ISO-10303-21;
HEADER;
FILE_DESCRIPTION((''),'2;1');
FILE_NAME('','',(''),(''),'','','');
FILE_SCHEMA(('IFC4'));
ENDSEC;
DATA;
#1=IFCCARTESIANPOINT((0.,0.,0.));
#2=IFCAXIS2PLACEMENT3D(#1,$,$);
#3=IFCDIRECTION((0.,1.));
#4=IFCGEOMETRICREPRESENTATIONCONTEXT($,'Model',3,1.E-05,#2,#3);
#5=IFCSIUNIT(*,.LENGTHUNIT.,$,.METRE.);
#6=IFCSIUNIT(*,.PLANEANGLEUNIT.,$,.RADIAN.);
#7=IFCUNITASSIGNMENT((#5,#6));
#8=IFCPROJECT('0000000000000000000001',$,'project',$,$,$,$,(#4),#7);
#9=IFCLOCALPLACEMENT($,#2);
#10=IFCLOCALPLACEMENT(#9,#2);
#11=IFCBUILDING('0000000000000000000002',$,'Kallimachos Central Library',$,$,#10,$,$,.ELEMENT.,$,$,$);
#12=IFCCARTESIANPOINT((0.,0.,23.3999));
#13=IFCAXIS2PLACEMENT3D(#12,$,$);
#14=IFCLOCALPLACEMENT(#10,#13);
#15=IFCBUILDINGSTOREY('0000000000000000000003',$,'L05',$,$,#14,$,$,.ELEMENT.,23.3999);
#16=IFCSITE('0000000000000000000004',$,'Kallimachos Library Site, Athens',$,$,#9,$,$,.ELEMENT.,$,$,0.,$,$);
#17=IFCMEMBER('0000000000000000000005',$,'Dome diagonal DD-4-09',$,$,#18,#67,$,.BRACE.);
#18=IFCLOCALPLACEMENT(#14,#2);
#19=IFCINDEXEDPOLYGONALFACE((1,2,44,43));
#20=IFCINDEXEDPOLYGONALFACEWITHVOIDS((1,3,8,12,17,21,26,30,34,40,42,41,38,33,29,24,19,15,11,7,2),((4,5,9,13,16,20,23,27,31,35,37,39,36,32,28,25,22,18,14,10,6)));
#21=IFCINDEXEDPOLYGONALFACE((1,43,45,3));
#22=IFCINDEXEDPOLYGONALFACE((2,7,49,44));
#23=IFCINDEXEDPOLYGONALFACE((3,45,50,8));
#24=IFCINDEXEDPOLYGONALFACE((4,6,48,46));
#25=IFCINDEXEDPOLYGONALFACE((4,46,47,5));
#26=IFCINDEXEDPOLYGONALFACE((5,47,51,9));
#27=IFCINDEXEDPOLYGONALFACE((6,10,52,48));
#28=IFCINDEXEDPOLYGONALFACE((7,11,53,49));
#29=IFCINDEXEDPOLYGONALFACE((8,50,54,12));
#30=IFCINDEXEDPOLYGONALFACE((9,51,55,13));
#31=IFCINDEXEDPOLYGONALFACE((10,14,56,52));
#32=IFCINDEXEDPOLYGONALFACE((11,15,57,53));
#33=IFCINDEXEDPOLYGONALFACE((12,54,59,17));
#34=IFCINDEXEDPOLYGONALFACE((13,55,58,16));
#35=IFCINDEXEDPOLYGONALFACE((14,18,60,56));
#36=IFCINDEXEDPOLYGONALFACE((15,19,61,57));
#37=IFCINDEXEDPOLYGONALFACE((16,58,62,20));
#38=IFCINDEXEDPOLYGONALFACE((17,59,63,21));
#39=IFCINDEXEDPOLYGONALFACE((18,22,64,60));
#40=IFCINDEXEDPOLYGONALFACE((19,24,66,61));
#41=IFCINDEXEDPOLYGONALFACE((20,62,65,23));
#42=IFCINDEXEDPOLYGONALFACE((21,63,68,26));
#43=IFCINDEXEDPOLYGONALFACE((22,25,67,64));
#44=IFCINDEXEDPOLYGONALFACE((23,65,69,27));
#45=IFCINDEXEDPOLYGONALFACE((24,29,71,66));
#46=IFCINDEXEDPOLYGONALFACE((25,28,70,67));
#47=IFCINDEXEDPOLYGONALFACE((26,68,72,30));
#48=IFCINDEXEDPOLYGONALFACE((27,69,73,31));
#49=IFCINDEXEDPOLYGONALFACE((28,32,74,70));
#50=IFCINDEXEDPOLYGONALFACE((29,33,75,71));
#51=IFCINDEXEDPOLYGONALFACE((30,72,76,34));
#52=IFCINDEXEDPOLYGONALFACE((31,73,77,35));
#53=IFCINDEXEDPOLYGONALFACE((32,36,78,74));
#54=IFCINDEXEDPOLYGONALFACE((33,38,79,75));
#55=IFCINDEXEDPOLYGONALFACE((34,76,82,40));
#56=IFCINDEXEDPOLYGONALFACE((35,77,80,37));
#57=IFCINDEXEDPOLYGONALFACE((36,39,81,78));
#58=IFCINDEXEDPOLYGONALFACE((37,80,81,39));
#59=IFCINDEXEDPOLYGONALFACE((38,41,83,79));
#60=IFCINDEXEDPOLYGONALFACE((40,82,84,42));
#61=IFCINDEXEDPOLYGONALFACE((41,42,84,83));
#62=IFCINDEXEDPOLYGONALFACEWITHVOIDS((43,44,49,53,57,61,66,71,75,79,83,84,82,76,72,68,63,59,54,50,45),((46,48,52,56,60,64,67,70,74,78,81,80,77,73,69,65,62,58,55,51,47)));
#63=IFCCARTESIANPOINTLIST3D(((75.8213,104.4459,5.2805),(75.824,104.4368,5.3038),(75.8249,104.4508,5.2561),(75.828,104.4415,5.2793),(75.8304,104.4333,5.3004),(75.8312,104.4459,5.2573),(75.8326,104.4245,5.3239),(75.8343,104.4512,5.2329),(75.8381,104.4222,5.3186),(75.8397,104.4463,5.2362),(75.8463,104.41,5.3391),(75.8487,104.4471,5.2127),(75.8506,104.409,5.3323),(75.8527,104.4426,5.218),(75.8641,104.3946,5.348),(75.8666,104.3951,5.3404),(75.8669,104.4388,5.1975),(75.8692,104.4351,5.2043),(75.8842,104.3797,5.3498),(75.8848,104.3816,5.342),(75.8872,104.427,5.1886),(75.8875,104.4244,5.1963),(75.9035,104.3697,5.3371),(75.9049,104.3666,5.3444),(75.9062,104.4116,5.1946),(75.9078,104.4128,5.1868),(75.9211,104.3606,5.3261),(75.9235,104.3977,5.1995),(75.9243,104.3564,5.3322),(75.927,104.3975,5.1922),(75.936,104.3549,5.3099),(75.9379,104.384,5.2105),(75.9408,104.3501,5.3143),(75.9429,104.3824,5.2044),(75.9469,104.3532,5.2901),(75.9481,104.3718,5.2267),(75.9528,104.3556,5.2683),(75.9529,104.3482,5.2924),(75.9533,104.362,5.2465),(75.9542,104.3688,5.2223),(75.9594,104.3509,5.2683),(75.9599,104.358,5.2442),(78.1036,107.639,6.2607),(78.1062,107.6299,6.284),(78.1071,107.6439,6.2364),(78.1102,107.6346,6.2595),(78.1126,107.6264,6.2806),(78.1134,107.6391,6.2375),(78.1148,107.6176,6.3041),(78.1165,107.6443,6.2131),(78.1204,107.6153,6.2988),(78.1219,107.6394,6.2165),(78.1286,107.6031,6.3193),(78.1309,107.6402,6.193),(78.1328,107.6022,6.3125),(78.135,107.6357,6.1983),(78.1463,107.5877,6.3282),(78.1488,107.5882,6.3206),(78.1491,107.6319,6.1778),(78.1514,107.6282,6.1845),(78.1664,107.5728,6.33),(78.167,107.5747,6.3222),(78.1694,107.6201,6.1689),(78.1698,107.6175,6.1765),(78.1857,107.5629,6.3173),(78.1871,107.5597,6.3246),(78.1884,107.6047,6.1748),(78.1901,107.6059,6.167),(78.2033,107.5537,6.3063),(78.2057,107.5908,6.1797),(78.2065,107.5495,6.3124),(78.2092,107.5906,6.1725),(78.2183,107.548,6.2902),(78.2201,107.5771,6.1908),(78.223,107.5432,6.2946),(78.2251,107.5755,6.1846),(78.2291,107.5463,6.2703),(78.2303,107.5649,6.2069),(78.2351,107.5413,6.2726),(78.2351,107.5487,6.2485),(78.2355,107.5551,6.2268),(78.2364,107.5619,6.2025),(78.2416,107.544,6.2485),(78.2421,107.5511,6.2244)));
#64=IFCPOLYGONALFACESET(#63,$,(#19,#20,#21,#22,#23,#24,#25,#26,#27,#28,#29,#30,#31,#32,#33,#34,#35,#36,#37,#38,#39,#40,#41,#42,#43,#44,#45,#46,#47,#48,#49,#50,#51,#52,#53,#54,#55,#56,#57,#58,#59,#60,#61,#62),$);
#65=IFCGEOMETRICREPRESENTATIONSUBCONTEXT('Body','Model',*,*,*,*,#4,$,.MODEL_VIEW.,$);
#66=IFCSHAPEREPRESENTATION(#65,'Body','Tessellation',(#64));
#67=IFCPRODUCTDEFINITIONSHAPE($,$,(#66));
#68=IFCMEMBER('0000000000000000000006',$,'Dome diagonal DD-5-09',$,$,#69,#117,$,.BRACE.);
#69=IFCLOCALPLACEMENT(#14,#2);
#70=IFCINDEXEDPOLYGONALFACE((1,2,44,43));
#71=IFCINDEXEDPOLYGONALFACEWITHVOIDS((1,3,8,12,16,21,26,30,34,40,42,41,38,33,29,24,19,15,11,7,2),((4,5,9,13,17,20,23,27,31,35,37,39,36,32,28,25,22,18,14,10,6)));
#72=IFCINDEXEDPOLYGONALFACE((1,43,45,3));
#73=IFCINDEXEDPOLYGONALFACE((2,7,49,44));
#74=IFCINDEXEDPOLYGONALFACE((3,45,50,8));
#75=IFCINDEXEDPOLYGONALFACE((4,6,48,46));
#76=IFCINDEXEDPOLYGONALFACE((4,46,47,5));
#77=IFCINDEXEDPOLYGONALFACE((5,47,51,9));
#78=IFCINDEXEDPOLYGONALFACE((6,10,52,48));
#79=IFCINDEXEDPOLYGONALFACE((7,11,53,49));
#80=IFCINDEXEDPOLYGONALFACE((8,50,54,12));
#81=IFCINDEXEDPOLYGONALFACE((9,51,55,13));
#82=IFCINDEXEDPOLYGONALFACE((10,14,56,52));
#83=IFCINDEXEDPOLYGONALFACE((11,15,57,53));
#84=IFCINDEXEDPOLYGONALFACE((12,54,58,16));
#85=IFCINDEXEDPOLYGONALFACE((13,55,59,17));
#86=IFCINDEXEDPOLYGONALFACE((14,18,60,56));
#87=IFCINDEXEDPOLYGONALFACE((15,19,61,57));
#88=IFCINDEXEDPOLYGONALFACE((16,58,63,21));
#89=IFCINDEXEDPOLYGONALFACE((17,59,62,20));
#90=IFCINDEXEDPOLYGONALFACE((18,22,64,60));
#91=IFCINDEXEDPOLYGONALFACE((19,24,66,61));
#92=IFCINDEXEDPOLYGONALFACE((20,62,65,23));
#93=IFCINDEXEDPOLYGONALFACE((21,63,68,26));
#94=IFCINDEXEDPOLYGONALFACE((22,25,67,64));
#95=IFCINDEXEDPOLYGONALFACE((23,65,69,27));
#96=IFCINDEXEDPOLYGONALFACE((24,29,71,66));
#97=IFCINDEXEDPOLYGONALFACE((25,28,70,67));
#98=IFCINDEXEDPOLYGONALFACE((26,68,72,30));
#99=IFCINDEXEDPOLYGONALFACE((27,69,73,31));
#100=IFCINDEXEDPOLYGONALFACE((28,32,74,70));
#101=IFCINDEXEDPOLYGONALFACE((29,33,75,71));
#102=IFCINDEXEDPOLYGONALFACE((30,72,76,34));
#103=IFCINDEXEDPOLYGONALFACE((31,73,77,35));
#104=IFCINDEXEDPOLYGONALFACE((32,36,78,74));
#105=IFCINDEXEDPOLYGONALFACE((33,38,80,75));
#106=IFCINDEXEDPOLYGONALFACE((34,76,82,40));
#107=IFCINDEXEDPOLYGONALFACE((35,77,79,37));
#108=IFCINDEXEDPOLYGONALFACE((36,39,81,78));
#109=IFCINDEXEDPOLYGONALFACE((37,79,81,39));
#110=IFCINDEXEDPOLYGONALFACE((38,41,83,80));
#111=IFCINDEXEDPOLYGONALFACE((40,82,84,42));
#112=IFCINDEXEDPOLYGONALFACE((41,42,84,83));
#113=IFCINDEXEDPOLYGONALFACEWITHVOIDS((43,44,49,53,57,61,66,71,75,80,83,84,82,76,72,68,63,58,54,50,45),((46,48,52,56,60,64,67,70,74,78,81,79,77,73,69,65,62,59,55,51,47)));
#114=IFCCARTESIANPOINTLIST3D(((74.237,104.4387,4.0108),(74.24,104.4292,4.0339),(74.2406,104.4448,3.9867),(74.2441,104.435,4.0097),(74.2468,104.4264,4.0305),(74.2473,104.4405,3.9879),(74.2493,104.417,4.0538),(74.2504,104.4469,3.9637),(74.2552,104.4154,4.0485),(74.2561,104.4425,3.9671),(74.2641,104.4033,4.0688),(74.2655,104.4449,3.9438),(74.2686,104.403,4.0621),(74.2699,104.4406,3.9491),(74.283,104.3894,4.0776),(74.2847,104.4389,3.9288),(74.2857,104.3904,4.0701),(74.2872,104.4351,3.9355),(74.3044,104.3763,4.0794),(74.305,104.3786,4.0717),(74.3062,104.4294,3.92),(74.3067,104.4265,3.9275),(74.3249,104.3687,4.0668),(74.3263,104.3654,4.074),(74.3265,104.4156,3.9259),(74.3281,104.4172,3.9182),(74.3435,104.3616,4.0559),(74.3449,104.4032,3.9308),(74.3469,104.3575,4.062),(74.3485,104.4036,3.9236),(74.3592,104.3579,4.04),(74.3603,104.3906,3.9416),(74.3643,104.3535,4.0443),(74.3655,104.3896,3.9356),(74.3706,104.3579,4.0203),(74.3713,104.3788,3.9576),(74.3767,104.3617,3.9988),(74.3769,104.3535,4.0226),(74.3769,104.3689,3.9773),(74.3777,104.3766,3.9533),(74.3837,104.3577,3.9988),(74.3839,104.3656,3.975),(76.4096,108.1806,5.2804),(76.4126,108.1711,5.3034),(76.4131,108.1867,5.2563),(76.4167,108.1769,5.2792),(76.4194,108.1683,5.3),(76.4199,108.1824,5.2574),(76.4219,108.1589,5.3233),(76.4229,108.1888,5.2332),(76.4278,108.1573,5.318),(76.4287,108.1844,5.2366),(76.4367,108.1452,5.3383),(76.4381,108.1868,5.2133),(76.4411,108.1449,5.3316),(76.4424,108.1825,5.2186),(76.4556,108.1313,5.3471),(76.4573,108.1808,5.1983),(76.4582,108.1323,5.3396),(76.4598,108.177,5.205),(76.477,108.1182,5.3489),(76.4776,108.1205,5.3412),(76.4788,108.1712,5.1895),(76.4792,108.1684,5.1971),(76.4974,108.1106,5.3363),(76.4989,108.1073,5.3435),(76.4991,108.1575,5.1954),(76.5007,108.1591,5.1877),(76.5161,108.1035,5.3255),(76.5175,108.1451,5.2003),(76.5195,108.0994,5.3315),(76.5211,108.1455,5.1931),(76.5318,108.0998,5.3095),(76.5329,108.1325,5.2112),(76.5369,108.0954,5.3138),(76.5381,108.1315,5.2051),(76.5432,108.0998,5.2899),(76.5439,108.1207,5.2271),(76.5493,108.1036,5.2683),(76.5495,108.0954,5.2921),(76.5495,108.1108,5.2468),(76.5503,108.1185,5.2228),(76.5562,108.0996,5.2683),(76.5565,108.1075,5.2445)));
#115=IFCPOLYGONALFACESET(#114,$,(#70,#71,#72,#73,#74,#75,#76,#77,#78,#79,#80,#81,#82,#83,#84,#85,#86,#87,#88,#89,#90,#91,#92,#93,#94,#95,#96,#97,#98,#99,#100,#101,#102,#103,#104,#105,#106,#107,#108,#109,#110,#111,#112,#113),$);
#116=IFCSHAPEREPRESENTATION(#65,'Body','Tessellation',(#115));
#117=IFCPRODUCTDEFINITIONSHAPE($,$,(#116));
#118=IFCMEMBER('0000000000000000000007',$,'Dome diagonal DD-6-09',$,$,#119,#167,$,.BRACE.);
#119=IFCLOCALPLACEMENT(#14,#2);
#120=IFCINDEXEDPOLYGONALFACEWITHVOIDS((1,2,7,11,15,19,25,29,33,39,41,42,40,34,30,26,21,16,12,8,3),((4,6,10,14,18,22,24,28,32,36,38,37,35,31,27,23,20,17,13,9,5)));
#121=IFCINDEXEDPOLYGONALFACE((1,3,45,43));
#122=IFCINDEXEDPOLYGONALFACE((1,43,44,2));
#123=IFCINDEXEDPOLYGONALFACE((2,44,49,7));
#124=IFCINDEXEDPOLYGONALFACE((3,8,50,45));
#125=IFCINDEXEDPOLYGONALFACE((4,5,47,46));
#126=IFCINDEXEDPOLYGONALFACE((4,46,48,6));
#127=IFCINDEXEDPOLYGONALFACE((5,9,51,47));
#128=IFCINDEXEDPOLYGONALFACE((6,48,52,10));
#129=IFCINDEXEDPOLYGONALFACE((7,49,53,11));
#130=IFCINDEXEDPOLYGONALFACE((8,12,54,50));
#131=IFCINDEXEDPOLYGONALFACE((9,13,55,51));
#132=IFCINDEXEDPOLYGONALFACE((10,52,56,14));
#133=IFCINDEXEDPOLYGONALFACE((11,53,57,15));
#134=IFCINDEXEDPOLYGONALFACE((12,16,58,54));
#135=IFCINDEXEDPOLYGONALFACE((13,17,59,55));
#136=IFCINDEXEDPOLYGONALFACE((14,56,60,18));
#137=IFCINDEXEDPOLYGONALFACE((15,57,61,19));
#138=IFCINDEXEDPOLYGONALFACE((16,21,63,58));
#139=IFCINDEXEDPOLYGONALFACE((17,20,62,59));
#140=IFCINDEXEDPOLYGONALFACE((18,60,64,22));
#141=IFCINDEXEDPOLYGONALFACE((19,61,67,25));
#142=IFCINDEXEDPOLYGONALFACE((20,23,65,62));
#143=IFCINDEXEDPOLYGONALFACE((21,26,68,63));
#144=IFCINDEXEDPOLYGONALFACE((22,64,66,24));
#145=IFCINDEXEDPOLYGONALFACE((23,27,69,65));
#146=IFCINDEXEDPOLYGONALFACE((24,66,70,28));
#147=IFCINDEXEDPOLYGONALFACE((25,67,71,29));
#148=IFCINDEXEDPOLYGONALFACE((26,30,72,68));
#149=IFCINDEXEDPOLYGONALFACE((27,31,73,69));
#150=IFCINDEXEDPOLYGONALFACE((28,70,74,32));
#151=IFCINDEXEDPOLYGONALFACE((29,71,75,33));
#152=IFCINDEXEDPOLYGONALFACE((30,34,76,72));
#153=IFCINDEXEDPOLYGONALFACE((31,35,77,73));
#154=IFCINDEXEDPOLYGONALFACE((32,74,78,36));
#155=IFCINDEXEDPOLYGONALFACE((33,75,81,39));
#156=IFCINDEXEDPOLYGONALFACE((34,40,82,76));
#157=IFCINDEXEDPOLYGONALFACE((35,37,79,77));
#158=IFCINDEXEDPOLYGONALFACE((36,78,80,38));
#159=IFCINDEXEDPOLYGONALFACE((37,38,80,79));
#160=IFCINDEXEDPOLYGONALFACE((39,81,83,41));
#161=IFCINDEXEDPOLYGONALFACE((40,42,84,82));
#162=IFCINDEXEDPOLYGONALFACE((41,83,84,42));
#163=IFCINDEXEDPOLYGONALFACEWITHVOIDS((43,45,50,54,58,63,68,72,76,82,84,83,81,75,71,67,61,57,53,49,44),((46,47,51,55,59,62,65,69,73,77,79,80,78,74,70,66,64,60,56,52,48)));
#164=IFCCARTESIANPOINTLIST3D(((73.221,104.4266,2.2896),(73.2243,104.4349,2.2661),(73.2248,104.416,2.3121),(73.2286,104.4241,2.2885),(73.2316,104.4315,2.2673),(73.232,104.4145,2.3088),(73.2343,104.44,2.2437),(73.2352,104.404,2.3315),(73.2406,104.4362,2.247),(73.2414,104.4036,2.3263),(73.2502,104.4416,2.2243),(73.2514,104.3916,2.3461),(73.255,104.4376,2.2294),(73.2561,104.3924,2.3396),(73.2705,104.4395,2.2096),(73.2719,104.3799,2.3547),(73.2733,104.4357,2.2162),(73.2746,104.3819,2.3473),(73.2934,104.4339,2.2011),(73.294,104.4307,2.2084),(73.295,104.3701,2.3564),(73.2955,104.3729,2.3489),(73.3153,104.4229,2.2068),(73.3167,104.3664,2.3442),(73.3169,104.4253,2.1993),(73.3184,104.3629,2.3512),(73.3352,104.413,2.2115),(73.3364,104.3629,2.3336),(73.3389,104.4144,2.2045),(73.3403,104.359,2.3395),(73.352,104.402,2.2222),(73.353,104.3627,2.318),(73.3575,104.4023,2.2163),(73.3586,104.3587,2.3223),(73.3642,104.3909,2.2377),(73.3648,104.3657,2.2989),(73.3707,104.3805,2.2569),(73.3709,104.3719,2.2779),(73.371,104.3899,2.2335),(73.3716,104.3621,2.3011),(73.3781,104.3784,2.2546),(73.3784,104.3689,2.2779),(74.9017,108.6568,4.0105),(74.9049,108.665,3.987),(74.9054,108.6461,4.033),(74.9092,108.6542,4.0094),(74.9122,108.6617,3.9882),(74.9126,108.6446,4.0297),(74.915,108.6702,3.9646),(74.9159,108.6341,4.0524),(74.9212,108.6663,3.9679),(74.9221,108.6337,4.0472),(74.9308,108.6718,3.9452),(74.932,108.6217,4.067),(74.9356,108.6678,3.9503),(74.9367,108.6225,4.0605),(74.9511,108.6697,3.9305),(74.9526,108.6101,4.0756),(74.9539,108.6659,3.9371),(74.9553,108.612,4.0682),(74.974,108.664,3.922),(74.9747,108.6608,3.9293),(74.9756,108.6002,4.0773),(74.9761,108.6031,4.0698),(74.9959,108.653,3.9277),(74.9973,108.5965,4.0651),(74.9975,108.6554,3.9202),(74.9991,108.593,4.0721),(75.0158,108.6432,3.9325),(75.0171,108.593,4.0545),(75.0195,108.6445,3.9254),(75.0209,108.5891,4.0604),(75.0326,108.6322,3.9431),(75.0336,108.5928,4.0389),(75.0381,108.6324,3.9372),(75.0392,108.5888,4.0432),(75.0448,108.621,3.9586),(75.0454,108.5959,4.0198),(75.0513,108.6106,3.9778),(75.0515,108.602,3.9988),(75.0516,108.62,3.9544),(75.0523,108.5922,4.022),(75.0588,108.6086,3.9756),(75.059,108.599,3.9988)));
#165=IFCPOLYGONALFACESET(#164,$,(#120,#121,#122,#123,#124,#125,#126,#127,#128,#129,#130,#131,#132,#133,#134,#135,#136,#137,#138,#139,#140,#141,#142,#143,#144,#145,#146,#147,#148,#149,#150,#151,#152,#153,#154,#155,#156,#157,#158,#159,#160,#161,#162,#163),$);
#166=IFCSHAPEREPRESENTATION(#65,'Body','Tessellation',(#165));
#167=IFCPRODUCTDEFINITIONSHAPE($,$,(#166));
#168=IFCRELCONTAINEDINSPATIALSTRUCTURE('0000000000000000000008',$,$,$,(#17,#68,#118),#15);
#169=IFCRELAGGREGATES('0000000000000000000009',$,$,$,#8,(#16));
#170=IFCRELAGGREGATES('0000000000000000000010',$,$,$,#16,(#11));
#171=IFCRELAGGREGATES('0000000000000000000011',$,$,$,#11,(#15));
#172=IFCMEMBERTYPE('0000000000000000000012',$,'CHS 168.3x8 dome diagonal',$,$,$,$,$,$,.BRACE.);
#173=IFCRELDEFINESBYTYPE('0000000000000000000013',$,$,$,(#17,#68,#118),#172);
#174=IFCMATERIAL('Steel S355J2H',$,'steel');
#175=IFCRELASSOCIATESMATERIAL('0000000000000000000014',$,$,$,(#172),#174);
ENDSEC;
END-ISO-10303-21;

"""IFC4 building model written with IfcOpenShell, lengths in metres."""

from ifc_helpers import new_model, si_unit, direction, frame, origin, origin_2d, place, context, subcontext, project, spatial, hollow_circle, extrude, material, material_profile, profile_set, type_object, element, save


model = new_model("IFC4")

# Units and contexts
model_context = context("Model", 3, precision=1e-05, world=origin(), true_north=direction((0.0, 1.0)))
body_context = subcontext(model_context, "Body", "Model", "MODEL_VIEW")
ifc_project = project(units=[si_unit("LENGTHUNIT", "METRE"), si_unit("PLANEANGLEUNIT", "RADIAN")], contexts=[model_context])

# Site, building, storey
site_placement = place(None, origin())
site = spatial("IfcSite", under=ifc_project, at=site_placement, Name="Kallimachos Library Site, Athens", CompositionType="ELEMENT", RefElevation=0.0)
building_placement = place(site_placement, origin())
building = spatial("IfcBuilding", under=site, at=building_placement, Name="Kallimachos Central Library", CompositionType="ELEMENT")
storey_placement = place(building_placement, frame((0.0, 0.0, 23.3999)))
storey = spatial("IfcBuildingStorey", under=building, at=storey_placement, Name="L05", CompositionType="ELEMENT", Elevation=23.3999)

# Members
ifc_material_1 = material(Name="Steel S355J2H", Category="steel")
ifc_material_profile_1 = material_profile(ifc_material_1, hollow_circle(Radius=0.0842, WallThickness=0.0081, at=origin_2d()), Name="CHS 168.3x8")
ifc_profile_set_1 = profile_set([ifc_material_profile_1], Name="Steel S355J2H")
member_type_1 = type_object("IfcMemberType", Name="CHS 168.3x8 dome diagonal", PredefinedType="BRACE", material=ifc_profile_set_1)
member_1_placement = place(storey_placement, frame((78.1731, 107.593, 6.2485), z_axis=(-0.564151, -0.789317, -0.242305), x_axis=(0.813561, -0.581479, 0.0)))
element("IfcMember", 1, at=member_1_placement, inside=storey, type_object=member_type_1, Name="Dome diagonal DD-4-09", PredefinedType="BRACE", context=body_context, shape_type="SweptSolid", body=[
    extrude(hollow_circle(Radius=0.0842, WallThickness=0.0081, at=origin_2d()), origin(), (0.0, 0.0, 1.0), 4.0454),
])
member_2_placement = place(storey_placement, frame((76.4834, 108.1418, 5.2683), z_axis=(-0.481803, -0.829822, -0.281534), x_axis=(0.864802, -0.502112, 0.0)))
element("IfcMember", 2, at=member_2_placement, inside=storey, type_object=member_type_1, Name="Dome diagonal DD-5-09", PredefinedType="BRACE", context=body_context, shape_type="SweptSolid", body=[
    extrude(hollow_circle(Radius=0.0842, WallThickness=0.0081, at=origin_2d()), origin(), (0.0, 0.0, 1.0), 4.5093),
])
member_3_placement = place(storey_placement, frame((74.9807, 108.6301, 3.9988), z_axis=(-0.345366, -0.869286, -0.353644), x_axis=(0.92934, -0.369226, 0.0)))
element("IfcMember", 3, at=member_3_placement, inside=storey, type_object=member_type_1, Name="Dome diagonal DD-6-09", PredefinedType="BRACE", context=body_context, shape_type="SweptSolid", body=[
    extrude(hollow_circle(Radius=0.0842, WallThickness=0.0081, at=origin_2d()), origin(), (0.0, 0.0, 1.0), 4.8662),
])

save(model, "model.ifc")
